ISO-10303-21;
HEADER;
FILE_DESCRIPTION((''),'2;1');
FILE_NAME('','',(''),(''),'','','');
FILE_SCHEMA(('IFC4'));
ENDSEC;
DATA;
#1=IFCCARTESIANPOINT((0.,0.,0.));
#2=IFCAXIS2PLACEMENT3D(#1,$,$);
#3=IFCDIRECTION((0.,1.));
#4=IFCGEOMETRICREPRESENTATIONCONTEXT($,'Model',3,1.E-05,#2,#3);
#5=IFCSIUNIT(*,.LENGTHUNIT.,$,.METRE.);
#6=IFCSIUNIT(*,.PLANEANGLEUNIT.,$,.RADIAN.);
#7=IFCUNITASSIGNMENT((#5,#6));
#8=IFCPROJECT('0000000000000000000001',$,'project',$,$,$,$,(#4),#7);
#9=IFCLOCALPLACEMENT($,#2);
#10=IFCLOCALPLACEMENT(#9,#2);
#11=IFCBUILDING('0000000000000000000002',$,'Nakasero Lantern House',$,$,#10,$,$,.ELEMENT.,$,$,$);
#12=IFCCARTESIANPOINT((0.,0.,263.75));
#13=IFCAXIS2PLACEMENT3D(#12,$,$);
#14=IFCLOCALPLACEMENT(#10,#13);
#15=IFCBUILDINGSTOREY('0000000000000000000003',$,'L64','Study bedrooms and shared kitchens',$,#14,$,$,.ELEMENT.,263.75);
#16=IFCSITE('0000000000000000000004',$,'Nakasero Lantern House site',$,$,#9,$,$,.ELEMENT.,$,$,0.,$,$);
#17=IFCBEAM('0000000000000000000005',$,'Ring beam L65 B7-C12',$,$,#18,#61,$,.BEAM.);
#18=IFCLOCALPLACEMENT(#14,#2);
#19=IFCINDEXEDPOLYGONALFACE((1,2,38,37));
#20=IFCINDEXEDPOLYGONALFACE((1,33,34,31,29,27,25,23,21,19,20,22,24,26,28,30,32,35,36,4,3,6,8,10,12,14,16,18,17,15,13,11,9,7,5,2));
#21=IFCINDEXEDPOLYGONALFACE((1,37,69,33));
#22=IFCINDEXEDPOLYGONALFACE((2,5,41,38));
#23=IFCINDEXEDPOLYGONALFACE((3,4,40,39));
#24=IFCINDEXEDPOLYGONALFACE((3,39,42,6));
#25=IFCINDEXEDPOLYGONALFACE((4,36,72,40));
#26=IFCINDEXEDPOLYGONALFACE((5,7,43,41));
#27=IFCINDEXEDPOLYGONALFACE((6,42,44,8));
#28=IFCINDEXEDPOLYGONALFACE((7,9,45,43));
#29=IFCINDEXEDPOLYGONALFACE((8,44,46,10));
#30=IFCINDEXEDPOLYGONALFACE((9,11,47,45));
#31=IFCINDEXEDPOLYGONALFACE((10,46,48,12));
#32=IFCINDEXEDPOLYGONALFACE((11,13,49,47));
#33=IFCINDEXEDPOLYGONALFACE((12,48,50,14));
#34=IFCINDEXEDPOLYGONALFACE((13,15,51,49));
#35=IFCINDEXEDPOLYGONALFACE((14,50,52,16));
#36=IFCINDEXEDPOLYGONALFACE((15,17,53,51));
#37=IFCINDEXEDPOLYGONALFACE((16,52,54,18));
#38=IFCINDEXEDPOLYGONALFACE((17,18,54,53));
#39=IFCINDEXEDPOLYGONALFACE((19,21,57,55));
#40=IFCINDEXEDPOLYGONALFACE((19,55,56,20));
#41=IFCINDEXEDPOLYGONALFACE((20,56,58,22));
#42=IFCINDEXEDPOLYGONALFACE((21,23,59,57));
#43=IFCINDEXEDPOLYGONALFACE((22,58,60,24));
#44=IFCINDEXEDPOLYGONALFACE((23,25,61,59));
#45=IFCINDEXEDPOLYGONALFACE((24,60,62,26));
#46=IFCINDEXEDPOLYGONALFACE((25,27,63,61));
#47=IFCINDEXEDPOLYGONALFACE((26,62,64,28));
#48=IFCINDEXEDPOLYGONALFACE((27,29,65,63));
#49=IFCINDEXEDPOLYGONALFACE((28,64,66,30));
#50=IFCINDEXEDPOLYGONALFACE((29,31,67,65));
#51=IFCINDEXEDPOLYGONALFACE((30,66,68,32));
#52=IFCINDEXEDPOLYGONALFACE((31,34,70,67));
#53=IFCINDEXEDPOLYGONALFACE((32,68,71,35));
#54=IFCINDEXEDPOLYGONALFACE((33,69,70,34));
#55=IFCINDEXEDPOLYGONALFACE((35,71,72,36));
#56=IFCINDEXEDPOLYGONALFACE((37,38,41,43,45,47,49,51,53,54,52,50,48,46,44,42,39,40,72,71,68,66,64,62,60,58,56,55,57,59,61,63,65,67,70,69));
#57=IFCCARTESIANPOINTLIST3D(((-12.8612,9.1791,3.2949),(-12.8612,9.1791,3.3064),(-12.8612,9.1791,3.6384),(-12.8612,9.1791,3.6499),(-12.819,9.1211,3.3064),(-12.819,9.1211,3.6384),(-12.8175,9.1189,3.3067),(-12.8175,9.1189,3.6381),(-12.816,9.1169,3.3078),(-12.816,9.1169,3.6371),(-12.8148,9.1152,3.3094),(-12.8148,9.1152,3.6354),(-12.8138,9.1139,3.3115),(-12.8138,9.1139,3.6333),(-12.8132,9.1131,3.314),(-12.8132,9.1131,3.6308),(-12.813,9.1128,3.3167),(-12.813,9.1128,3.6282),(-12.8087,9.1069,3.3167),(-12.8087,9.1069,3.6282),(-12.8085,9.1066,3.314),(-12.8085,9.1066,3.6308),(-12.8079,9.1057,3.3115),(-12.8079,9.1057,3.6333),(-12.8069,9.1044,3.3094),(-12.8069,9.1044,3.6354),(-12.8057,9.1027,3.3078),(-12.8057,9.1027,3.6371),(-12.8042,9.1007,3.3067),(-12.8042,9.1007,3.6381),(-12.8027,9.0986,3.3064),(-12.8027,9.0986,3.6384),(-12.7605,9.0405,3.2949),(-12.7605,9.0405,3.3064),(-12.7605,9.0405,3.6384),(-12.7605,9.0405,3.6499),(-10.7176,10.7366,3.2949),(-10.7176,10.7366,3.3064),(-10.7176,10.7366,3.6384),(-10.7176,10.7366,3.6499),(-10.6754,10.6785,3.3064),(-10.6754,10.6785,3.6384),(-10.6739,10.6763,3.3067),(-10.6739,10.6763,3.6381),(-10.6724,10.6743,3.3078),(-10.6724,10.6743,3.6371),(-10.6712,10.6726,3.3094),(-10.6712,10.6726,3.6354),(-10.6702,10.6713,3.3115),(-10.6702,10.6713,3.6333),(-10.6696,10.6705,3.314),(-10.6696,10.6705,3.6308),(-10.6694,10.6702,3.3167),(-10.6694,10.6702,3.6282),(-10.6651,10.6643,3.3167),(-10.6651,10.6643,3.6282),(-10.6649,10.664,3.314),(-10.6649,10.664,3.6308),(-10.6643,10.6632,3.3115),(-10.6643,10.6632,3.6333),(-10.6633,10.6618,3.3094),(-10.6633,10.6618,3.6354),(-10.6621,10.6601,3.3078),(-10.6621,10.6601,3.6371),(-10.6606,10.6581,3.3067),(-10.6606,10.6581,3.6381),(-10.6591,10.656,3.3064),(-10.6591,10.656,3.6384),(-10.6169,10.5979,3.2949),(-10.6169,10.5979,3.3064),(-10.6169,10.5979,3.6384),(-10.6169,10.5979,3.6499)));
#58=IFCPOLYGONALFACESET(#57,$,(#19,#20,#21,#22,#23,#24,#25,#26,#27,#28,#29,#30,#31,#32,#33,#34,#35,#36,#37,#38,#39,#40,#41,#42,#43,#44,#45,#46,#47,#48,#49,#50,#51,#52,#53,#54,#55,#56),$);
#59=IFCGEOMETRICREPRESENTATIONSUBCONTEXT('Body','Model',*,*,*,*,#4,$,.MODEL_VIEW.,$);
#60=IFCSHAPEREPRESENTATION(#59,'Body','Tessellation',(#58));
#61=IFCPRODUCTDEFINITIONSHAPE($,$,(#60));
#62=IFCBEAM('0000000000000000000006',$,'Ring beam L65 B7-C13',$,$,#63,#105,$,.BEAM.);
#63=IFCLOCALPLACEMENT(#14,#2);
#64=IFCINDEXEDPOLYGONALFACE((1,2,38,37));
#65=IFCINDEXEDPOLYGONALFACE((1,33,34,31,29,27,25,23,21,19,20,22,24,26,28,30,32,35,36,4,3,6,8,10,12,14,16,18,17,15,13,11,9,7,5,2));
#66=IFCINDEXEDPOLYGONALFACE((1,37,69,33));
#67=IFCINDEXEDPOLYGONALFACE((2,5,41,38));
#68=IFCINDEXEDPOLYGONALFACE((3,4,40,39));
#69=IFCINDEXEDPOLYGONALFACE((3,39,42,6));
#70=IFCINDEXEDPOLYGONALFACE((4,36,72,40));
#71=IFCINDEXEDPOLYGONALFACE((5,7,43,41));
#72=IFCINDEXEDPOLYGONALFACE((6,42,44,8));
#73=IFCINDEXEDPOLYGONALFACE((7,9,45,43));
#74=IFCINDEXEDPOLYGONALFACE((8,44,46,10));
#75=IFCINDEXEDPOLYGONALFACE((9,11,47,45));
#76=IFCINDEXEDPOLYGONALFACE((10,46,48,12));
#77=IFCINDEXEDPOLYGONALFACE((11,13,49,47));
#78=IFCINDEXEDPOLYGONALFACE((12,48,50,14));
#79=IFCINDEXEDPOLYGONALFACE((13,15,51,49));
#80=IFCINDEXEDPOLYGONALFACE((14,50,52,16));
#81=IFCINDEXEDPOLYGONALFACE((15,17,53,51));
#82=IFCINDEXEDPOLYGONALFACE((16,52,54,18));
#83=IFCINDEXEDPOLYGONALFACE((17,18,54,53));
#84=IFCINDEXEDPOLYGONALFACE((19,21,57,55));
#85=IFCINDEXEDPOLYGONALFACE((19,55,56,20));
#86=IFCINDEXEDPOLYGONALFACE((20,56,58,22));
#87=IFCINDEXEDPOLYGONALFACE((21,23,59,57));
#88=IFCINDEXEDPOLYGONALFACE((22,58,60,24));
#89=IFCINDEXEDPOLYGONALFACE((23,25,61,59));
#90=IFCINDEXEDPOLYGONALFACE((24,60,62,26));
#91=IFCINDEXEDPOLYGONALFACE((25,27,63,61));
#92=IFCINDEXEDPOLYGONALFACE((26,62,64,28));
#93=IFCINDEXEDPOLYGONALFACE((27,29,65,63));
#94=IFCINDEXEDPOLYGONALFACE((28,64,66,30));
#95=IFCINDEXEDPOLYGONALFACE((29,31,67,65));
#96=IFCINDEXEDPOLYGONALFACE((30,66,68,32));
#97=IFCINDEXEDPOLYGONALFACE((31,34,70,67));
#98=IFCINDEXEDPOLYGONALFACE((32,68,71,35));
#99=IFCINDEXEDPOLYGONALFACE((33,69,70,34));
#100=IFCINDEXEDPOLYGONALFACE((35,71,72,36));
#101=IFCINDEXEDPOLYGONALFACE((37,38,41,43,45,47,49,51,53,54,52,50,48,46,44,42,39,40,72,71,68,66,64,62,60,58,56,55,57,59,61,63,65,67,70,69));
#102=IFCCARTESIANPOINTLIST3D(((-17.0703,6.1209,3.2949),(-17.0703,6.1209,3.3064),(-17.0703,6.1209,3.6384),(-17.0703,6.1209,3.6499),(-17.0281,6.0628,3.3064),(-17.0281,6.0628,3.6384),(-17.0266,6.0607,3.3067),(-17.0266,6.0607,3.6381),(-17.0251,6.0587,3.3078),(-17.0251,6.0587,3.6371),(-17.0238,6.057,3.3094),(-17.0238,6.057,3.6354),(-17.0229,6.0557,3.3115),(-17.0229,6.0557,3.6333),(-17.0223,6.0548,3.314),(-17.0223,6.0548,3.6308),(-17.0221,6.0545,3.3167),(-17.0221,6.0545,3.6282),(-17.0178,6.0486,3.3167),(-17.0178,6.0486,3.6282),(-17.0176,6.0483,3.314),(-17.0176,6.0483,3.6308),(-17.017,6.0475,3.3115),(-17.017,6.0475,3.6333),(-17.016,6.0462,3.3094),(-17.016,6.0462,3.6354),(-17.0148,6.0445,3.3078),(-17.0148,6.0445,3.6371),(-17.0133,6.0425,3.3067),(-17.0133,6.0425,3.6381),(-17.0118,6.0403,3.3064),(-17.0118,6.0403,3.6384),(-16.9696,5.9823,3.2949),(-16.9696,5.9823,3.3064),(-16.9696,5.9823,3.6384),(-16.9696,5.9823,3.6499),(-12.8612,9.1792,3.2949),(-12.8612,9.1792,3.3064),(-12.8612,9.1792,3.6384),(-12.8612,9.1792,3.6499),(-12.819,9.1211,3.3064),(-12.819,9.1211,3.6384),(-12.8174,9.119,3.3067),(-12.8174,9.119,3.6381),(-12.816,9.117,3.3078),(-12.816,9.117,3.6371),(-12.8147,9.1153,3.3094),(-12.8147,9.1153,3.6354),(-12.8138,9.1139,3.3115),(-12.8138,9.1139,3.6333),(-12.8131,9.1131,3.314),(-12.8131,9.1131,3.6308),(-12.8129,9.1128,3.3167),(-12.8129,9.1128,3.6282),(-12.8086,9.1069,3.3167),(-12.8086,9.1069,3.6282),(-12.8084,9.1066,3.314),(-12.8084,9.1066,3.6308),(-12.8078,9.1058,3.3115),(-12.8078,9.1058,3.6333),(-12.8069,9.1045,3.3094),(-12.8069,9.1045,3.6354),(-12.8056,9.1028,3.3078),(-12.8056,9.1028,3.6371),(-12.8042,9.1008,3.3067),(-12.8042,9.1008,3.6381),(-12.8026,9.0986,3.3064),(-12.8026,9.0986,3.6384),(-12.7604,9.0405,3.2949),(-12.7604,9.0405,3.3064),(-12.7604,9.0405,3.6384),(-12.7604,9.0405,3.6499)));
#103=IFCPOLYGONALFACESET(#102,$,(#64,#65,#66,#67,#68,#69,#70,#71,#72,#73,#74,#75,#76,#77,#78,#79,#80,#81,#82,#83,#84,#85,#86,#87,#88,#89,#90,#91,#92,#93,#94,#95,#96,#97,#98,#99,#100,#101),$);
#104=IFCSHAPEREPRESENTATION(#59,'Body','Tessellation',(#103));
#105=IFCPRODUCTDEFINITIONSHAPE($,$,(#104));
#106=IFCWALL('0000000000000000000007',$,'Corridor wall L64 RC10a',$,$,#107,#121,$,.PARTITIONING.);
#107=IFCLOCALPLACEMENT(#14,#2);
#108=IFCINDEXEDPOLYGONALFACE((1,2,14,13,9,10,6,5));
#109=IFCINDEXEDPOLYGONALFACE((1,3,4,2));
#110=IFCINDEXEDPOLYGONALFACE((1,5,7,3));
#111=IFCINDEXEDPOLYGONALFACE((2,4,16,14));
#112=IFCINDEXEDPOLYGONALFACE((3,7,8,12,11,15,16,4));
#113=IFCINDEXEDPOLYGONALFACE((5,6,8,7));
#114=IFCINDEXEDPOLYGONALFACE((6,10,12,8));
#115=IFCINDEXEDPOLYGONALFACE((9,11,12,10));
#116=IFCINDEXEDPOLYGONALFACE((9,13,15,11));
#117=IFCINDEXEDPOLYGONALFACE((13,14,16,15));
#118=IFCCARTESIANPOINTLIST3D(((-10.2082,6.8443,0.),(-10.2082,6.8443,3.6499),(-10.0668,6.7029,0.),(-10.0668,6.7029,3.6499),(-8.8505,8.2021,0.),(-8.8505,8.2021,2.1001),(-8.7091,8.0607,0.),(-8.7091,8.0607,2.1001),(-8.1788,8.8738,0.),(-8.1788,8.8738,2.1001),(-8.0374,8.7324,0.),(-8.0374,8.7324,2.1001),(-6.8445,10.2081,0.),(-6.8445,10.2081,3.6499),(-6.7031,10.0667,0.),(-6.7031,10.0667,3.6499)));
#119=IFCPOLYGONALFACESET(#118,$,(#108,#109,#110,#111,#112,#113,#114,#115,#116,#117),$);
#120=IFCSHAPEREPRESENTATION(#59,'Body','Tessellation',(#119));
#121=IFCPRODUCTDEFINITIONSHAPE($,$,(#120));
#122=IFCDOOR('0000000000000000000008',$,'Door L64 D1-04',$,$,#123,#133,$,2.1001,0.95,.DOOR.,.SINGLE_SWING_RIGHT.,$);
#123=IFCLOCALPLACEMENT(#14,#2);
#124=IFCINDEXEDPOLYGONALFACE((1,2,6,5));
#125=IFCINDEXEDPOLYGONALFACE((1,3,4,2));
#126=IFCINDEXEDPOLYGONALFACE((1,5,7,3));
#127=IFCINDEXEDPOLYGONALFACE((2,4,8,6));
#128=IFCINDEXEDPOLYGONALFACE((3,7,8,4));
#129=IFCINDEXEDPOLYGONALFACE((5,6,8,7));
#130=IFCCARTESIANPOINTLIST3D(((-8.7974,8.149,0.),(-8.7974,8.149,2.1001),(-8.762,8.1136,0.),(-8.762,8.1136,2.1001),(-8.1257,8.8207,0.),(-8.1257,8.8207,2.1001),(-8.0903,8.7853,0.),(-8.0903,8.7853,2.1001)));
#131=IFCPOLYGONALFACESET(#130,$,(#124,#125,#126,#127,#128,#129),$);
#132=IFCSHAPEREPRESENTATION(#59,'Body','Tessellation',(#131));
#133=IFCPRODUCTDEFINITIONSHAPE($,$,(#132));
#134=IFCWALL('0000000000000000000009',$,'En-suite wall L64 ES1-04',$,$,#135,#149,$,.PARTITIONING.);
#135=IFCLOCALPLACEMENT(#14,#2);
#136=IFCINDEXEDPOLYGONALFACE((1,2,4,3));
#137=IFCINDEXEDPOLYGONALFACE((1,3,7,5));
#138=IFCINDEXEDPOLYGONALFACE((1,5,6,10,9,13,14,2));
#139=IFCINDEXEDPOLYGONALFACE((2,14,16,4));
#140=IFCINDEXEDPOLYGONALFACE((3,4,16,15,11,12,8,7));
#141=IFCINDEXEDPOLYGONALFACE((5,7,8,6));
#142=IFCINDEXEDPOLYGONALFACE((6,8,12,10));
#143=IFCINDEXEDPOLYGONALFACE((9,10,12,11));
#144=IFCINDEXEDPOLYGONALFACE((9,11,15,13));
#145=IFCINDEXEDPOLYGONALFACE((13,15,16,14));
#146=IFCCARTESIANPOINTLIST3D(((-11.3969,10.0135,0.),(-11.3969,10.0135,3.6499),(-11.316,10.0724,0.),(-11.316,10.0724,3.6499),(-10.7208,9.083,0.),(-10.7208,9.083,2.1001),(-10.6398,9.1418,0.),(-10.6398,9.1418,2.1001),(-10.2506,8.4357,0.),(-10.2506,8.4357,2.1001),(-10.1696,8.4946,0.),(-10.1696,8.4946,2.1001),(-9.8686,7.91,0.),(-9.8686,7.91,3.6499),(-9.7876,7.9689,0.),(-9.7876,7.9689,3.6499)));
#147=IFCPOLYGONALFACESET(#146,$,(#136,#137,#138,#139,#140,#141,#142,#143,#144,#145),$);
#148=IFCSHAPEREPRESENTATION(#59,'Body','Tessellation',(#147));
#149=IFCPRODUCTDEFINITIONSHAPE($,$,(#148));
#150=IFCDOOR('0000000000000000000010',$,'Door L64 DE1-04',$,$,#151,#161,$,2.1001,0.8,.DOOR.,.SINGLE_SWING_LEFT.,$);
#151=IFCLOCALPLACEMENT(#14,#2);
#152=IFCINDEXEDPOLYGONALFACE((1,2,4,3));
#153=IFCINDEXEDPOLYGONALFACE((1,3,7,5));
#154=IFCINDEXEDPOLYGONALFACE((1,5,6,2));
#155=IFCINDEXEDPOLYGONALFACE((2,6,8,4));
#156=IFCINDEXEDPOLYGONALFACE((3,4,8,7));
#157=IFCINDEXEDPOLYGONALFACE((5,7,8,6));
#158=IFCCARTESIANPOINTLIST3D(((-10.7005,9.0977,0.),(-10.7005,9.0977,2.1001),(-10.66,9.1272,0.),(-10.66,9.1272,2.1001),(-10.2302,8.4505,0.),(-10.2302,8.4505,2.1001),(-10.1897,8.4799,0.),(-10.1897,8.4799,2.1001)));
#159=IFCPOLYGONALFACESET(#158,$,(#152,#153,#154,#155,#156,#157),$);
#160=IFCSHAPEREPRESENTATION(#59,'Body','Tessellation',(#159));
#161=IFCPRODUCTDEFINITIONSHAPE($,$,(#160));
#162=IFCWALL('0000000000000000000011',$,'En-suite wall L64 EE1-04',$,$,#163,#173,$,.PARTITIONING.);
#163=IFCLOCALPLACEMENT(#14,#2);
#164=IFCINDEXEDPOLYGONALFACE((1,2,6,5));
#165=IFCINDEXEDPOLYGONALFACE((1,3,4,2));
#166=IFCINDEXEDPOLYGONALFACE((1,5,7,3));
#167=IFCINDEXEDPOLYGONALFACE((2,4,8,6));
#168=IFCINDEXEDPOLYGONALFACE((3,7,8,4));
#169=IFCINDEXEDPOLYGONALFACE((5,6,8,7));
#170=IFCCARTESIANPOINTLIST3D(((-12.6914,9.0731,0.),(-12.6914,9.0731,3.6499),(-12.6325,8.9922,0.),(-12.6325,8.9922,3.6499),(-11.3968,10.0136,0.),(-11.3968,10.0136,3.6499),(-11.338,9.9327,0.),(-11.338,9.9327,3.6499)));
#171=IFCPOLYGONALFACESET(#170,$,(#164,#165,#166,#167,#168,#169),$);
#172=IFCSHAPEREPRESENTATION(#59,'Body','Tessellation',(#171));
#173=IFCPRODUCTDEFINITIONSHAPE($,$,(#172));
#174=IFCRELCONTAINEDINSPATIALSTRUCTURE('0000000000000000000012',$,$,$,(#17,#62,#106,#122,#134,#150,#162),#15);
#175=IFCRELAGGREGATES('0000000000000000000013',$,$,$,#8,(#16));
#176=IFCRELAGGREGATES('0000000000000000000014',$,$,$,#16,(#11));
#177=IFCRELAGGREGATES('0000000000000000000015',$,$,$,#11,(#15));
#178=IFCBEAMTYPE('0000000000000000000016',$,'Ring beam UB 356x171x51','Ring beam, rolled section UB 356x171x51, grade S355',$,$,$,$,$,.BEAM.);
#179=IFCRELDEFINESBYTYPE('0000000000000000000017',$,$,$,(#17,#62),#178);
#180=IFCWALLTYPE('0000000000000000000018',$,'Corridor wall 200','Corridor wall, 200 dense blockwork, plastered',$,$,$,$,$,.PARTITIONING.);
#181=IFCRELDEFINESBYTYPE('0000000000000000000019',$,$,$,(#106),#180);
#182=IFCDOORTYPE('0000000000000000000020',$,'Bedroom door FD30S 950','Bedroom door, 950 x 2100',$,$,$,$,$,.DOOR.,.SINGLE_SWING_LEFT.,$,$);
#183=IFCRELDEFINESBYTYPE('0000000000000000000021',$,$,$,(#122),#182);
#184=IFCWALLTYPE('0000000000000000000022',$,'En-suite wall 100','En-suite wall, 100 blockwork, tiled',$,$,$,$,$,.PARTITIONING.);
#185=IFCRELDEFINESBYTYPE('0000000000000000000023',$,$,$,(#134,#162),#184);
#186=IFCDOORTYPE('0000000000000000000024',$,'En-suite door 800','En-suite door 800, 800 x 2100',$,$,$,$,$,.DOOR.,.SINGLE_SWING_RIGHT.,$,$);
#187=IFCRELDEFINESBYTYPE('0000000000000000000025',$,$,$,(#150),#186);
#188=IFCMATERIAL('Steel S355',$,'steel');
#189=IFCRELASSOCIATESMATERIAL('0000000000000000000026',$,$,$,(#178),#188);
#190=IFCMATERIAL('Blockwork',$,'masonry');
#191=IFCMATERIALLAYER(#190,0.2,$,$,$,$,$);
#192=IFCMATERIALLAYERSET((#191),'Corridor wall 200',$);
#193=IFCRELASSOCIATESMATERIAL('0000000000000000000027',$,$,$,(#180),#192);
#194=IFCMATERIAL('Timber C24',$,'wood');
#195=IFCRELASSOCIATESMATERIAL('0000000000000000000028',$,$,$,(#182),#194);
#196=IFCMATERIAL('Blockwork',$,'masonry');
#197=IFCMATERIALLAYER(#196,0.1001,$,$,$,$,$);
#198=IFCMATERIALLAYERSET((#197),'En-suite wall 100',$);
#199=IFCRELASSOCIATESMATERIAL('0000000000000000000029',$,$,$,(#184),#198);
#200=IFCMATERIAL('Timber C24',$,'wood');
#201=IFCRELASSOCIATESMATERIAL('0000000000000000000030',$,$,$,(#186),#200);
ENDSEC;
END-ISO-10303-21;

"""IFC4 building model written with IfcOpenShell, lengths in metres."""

from ifc_helpers import new_model, si_unit, direction, frame, frame_2d, origin, origin_2d, place, context, subcontext, project, spatial, rectangle, i_section, extrude, material, layer, layer_set, material_profile, profile_set, type_object, element, fill, save


model = new_model("IFC4")

# Units and contexts
model_context = context("Model", 3, precision=1e-05, world=origin(), true_north=direction((0.0, 1.0)))
body_context = subcontext(model_context, "Body", "Model", "MODEL_VIEW")
ifc_project = project(units=[si_unit("LENGTHUNIT", "METRE"), si_unit("PLANEANGLEUNIT", "RADIAN")], contexts=[model_context])

# Site, building, storey
site_placement = place(None, origin())
site = spatial("IfcSite", under=ifc_project, at=site_placement, Name="Nakasero Lantern House site", CompositionType="ELEMENT", RefElevation=0.0)
building_placement = place(site_placement, origin())
building = spatial("IfcBuilding", under=site, at=building_placement, Name="Nakasero Lantern House", CompositionType="ELEMENT")
storey_placement = place(building_placement, frame((0.0, 0.0, 263.75)))
storey = spatial("IfcBuildingStorey", under=building, at=storey_placement, Name="L64", Description="Study bedrooms and shared kitchens", CompositionType="ELEMENT", Elevation=263.75)

# Beams
ifc_material_1 = material(Name="Steel S355", Category="steel")
ifc_material_profile_1 = material_profile(ifc_material_1, i_section(OverallWidth=0.1714, OverallDepth=0.355, WebThickness=0.0073, FlangeThickness=0.0115, FilletRadius=0.0103, at=origin_2d()), Name="UB 356x171x51")
ifc_profile_set_1 = profile_set([ifc_material_profile_1], Name="Steel S355")
beam_type_1 = type_object("IfcBeamType", Name="Ring beam UB 356x171x51", Description="Ring beam, rolled section UB 356x171x51, grade S355", PredefinedType="BEAM", material=ifc_profile_set_1)
beam_1_placement = place(storey_placement, frame((-10.6672, 10.6672, 3.4724), z_axis=(-0.809019, -0.587783, 0.0), x_axis=(0.587783, -0.809019, 0.0)))
element("IfcBeam", 1, at=beam_1_placement, inside=storey, type_object=beam_type_1, Name="Ring beam L65 B7-C12", PredefinedType="BEAM", context=body_context, shape_type="SweptSolid", body=[
    extrude(i_section(OverallWidth=0.1714, OverallDepth=0.355, WebThickness=0.0073, FlangeThickness=0.0115, FilletRadius=0.0103, at=origin_2d()), origin(), (0.0, 0.0, 1.0), 2.6497),
])
beam_2_placement = place(storey_placement, frame((-12.8108, 9.1099, 3.4724), z_axis=(-0.809002, -0.587806, 0.0), x_axis=(0.587806, -0.809002, 0.0)))
element("IfcBeam", 2, at=beam_2_placement, inside=storey, type_object=beam_type_1, Name="Ring beam L65 B7-C13", PredefinedType="BEAM", context=body_context, shape_type="SweptSolid", body=[
    extrude(i_section(OverallWidth=0.1714, OverallDepth=0.355, WebThickness=0.0073, FlangeThickness=0.0115, FilletRadius=0.0103, at=origin_2d()), origin(), (0.0, 0.0, 1.0), 5.2029),
])

# Walls, openings, doors
ifc_material_2 = material(Name="Blockwork", Category="masonry")
ifc_layer_1 = layer(ifc_material_2, 0.2)
ifc_layer_set_1 = layer_set([ifc_layer_1], Name="Corridor wall 200")
wall_type_1 = type_object("IfcWallType", Name="Corridor wall 200", Description="Corridor wall, 200 dense blockwork, plastered", PredefinedType="PARTITIONING", material=ifc_layer_set_1)
wall_1_placement = place(storey_placement, frame((-10.1375, 6.7737, 0.0), z_axis=(0.0, 0.0, 1.0), x_axis=(0.707107, 0.707107, 0.0)))
wall_1 = element("IfcWall", 3, at=wall_1_placement, inside=storey, type_object=wall_type_1, Name="Corridor wall L64 RC10a", PredefinedType="PARTITIONING", context=body_context, shape_type="SweptSolid", body=[
    extrude(rectangle(XDim=4.7571, YDim=0.2, at=frame_2d((2.3784, 0.0))), origin(), (0.0, 0.0, 1.0), 3.6499),
])
opening_1_placement = place(wall_1_placement, frame((1.9199, 0.0, 0.0)))
opening_1 = element("IfcOpeningElement", 4, at=opening_1_placement, cuts=wall_1, PredefinedType="OPENING", context=body_context, shape_type="SweptSolid", body=[
    extrude(rectangle(XDim=0.95, YDim=2.1001, at=frame_2d((0.4751, 1.05))), frame((0.0, 0.1199, 0.0), z_axis=(0.0, -1.0, 0.0), x_axis=(1.0, 0.0, 0.0)), (0.0, 0.0, 1.0), 0.24),
])
ifc_material_3 = material(Name="Timber C24", Category="wood")
door_type_1 = type_object("IfcDoorType", Name="Bedroom door FD30S 950", Description="Bedroom door, 950 x 2100", OperationType="SINGLE_SWING_LEFT", PredefinedType="DOOR", material=ifc_material_3)
door_1_placement = place(opening_1_placement, origin())
door_1 = element("IfcDoor", 5, at=door_1_placement, inside=storey, type_object=door_type_1, Name="Door L64 D1-04", OperationType="SINGLE_SWING_RIGHT", OverallHeight=2.1001, OverallWidth=0.95, PredefinedType="DOOR", context=body_context, shape_type="SweptSolid", body=[
    extrude(rectangle(XDim=0.95, YDim=2.1001, at=frame_2d((0.4751, 1.05))), frame((0.0, 0.0249, 0.0), z_axis=(0.0, -1.0, 0.0), x_axis=(1.0, 0.0, 0.0)), (0.0, 0.0, 1.0), 0.05),
])
fill(opening_1, door_1)
ifc_material_4 = material(Name="Blockwork", Category="masonry")
ifc_layer_2 = layer(ifc_material_4, 0.1001)
ifc_layer_set_2 = layer_set([ifc_layer_2], Name="En-suite wall 100")
wall_type_2 = type_object("IfcWallType", Name="En-suite wall 100", Description="En-suite wall, 100 blockwork, tiled", PredefinedType="PARTITIONING", material=ifc_layer_set_2)
wall_2_placement = place(storey_placement, frame((-9.8281, 7.9395, 0.0), z_axis=(0.0, 0.0, 1.0), x_axis=(-0.587792, 0.809012, 0.0)))
wall_2 = element("IfcWall", 6, at=wall_2_placement, inside=storey, type_object=wall_type_2, Name="En-suite wall L64 ES1-04", PredefinedType="PARTITIONING", context=body_context, shape_type="SweptSolid", body=[
    extrude(rectangle(XDim=2.6001, YDim=0.1001, at=frame_2d((1.3, 0.0))), origin(), (0.0, 0.0, 1.0), 3.6499),
])
opening_2_placement = place(wall_2_placement, frame((0.6499, 0.0, 0.0)))
opening_2 = element("IfcOpeningElement", 7, at=opening_2_placement, cuts=wall_2, PredefinedType="OPENING", context=body_context, shape_type="SweptSolid", body=[
    extrude(rectangle(XDim=0.8, YDim=2.1001, at=frame_2d((0.3999, 1.05))), frame((0.0, 0.0701, 0.0), z_axis=(0.0, -1.0, 0.0), x_axis=(1.0, 0.0, 0.0)), (0.0, 0.0, 1.0), 0.1401),
])
ifc_material_5 = material(Name="Timber C24", Category="wood")
door_type_2 = type_object("IfcDoorType", Name="En-suite door 800", Description="En-suite door 800, 800 x 2100", OperationType="SINGLE_SWING_RIGHT", PredefinedType="DOOR", material=ifc_material_5)
door_2_placement = place(opening_2_placement, origin())
door_2 = element("IfcDoor", 8, at=door_2_placement, inside=storey, type_object=door_type_2, Name="Door L64 DE1-04", OperationType="SINGLE_SWING_LEFT", OverallHeight=2.1001, OverallWidth=0.8, PredefinedType="DOOR", context=body_context, shape_type="SweptSolid", body=[
    extrude(rectangle(XDim=0.8, YDim=2.1001, at=frame_2d((0.3999, 1.05))), frame((0.0, 0.0249, 0.0), z_axis=(0.0, -1.0, 0.0), x_axis=(1.0, 0.0, 0.0)), (0.0, 0.0, 1.0), 0.05),
])
fill(opening_2, door_2)

# Wall
wall_3_placement = place(storey_placement, frame((-11.3674, 9.9731, 0.0), z_axis=(0.0, 0.0, 1.0), x_axis=(-0.809026, -0.587772, 0.0)))
element("IfcWall", 9, at=wall_3_placement, inside=storey, type_object=wall_type_2, Name="En-suite wall L64 EE1-04", PredefinedType="PARTITIONING", context=body_context, shape_type="SweptSolid", body=[
    extrude(rectangle(XDim=1.6001, YDim=0.1001, at=frame_2d((0.8, 0.0))), origin(), (0.0, 0.0, 1.0), 3.6499),
])

save(model, "model.ifc")
